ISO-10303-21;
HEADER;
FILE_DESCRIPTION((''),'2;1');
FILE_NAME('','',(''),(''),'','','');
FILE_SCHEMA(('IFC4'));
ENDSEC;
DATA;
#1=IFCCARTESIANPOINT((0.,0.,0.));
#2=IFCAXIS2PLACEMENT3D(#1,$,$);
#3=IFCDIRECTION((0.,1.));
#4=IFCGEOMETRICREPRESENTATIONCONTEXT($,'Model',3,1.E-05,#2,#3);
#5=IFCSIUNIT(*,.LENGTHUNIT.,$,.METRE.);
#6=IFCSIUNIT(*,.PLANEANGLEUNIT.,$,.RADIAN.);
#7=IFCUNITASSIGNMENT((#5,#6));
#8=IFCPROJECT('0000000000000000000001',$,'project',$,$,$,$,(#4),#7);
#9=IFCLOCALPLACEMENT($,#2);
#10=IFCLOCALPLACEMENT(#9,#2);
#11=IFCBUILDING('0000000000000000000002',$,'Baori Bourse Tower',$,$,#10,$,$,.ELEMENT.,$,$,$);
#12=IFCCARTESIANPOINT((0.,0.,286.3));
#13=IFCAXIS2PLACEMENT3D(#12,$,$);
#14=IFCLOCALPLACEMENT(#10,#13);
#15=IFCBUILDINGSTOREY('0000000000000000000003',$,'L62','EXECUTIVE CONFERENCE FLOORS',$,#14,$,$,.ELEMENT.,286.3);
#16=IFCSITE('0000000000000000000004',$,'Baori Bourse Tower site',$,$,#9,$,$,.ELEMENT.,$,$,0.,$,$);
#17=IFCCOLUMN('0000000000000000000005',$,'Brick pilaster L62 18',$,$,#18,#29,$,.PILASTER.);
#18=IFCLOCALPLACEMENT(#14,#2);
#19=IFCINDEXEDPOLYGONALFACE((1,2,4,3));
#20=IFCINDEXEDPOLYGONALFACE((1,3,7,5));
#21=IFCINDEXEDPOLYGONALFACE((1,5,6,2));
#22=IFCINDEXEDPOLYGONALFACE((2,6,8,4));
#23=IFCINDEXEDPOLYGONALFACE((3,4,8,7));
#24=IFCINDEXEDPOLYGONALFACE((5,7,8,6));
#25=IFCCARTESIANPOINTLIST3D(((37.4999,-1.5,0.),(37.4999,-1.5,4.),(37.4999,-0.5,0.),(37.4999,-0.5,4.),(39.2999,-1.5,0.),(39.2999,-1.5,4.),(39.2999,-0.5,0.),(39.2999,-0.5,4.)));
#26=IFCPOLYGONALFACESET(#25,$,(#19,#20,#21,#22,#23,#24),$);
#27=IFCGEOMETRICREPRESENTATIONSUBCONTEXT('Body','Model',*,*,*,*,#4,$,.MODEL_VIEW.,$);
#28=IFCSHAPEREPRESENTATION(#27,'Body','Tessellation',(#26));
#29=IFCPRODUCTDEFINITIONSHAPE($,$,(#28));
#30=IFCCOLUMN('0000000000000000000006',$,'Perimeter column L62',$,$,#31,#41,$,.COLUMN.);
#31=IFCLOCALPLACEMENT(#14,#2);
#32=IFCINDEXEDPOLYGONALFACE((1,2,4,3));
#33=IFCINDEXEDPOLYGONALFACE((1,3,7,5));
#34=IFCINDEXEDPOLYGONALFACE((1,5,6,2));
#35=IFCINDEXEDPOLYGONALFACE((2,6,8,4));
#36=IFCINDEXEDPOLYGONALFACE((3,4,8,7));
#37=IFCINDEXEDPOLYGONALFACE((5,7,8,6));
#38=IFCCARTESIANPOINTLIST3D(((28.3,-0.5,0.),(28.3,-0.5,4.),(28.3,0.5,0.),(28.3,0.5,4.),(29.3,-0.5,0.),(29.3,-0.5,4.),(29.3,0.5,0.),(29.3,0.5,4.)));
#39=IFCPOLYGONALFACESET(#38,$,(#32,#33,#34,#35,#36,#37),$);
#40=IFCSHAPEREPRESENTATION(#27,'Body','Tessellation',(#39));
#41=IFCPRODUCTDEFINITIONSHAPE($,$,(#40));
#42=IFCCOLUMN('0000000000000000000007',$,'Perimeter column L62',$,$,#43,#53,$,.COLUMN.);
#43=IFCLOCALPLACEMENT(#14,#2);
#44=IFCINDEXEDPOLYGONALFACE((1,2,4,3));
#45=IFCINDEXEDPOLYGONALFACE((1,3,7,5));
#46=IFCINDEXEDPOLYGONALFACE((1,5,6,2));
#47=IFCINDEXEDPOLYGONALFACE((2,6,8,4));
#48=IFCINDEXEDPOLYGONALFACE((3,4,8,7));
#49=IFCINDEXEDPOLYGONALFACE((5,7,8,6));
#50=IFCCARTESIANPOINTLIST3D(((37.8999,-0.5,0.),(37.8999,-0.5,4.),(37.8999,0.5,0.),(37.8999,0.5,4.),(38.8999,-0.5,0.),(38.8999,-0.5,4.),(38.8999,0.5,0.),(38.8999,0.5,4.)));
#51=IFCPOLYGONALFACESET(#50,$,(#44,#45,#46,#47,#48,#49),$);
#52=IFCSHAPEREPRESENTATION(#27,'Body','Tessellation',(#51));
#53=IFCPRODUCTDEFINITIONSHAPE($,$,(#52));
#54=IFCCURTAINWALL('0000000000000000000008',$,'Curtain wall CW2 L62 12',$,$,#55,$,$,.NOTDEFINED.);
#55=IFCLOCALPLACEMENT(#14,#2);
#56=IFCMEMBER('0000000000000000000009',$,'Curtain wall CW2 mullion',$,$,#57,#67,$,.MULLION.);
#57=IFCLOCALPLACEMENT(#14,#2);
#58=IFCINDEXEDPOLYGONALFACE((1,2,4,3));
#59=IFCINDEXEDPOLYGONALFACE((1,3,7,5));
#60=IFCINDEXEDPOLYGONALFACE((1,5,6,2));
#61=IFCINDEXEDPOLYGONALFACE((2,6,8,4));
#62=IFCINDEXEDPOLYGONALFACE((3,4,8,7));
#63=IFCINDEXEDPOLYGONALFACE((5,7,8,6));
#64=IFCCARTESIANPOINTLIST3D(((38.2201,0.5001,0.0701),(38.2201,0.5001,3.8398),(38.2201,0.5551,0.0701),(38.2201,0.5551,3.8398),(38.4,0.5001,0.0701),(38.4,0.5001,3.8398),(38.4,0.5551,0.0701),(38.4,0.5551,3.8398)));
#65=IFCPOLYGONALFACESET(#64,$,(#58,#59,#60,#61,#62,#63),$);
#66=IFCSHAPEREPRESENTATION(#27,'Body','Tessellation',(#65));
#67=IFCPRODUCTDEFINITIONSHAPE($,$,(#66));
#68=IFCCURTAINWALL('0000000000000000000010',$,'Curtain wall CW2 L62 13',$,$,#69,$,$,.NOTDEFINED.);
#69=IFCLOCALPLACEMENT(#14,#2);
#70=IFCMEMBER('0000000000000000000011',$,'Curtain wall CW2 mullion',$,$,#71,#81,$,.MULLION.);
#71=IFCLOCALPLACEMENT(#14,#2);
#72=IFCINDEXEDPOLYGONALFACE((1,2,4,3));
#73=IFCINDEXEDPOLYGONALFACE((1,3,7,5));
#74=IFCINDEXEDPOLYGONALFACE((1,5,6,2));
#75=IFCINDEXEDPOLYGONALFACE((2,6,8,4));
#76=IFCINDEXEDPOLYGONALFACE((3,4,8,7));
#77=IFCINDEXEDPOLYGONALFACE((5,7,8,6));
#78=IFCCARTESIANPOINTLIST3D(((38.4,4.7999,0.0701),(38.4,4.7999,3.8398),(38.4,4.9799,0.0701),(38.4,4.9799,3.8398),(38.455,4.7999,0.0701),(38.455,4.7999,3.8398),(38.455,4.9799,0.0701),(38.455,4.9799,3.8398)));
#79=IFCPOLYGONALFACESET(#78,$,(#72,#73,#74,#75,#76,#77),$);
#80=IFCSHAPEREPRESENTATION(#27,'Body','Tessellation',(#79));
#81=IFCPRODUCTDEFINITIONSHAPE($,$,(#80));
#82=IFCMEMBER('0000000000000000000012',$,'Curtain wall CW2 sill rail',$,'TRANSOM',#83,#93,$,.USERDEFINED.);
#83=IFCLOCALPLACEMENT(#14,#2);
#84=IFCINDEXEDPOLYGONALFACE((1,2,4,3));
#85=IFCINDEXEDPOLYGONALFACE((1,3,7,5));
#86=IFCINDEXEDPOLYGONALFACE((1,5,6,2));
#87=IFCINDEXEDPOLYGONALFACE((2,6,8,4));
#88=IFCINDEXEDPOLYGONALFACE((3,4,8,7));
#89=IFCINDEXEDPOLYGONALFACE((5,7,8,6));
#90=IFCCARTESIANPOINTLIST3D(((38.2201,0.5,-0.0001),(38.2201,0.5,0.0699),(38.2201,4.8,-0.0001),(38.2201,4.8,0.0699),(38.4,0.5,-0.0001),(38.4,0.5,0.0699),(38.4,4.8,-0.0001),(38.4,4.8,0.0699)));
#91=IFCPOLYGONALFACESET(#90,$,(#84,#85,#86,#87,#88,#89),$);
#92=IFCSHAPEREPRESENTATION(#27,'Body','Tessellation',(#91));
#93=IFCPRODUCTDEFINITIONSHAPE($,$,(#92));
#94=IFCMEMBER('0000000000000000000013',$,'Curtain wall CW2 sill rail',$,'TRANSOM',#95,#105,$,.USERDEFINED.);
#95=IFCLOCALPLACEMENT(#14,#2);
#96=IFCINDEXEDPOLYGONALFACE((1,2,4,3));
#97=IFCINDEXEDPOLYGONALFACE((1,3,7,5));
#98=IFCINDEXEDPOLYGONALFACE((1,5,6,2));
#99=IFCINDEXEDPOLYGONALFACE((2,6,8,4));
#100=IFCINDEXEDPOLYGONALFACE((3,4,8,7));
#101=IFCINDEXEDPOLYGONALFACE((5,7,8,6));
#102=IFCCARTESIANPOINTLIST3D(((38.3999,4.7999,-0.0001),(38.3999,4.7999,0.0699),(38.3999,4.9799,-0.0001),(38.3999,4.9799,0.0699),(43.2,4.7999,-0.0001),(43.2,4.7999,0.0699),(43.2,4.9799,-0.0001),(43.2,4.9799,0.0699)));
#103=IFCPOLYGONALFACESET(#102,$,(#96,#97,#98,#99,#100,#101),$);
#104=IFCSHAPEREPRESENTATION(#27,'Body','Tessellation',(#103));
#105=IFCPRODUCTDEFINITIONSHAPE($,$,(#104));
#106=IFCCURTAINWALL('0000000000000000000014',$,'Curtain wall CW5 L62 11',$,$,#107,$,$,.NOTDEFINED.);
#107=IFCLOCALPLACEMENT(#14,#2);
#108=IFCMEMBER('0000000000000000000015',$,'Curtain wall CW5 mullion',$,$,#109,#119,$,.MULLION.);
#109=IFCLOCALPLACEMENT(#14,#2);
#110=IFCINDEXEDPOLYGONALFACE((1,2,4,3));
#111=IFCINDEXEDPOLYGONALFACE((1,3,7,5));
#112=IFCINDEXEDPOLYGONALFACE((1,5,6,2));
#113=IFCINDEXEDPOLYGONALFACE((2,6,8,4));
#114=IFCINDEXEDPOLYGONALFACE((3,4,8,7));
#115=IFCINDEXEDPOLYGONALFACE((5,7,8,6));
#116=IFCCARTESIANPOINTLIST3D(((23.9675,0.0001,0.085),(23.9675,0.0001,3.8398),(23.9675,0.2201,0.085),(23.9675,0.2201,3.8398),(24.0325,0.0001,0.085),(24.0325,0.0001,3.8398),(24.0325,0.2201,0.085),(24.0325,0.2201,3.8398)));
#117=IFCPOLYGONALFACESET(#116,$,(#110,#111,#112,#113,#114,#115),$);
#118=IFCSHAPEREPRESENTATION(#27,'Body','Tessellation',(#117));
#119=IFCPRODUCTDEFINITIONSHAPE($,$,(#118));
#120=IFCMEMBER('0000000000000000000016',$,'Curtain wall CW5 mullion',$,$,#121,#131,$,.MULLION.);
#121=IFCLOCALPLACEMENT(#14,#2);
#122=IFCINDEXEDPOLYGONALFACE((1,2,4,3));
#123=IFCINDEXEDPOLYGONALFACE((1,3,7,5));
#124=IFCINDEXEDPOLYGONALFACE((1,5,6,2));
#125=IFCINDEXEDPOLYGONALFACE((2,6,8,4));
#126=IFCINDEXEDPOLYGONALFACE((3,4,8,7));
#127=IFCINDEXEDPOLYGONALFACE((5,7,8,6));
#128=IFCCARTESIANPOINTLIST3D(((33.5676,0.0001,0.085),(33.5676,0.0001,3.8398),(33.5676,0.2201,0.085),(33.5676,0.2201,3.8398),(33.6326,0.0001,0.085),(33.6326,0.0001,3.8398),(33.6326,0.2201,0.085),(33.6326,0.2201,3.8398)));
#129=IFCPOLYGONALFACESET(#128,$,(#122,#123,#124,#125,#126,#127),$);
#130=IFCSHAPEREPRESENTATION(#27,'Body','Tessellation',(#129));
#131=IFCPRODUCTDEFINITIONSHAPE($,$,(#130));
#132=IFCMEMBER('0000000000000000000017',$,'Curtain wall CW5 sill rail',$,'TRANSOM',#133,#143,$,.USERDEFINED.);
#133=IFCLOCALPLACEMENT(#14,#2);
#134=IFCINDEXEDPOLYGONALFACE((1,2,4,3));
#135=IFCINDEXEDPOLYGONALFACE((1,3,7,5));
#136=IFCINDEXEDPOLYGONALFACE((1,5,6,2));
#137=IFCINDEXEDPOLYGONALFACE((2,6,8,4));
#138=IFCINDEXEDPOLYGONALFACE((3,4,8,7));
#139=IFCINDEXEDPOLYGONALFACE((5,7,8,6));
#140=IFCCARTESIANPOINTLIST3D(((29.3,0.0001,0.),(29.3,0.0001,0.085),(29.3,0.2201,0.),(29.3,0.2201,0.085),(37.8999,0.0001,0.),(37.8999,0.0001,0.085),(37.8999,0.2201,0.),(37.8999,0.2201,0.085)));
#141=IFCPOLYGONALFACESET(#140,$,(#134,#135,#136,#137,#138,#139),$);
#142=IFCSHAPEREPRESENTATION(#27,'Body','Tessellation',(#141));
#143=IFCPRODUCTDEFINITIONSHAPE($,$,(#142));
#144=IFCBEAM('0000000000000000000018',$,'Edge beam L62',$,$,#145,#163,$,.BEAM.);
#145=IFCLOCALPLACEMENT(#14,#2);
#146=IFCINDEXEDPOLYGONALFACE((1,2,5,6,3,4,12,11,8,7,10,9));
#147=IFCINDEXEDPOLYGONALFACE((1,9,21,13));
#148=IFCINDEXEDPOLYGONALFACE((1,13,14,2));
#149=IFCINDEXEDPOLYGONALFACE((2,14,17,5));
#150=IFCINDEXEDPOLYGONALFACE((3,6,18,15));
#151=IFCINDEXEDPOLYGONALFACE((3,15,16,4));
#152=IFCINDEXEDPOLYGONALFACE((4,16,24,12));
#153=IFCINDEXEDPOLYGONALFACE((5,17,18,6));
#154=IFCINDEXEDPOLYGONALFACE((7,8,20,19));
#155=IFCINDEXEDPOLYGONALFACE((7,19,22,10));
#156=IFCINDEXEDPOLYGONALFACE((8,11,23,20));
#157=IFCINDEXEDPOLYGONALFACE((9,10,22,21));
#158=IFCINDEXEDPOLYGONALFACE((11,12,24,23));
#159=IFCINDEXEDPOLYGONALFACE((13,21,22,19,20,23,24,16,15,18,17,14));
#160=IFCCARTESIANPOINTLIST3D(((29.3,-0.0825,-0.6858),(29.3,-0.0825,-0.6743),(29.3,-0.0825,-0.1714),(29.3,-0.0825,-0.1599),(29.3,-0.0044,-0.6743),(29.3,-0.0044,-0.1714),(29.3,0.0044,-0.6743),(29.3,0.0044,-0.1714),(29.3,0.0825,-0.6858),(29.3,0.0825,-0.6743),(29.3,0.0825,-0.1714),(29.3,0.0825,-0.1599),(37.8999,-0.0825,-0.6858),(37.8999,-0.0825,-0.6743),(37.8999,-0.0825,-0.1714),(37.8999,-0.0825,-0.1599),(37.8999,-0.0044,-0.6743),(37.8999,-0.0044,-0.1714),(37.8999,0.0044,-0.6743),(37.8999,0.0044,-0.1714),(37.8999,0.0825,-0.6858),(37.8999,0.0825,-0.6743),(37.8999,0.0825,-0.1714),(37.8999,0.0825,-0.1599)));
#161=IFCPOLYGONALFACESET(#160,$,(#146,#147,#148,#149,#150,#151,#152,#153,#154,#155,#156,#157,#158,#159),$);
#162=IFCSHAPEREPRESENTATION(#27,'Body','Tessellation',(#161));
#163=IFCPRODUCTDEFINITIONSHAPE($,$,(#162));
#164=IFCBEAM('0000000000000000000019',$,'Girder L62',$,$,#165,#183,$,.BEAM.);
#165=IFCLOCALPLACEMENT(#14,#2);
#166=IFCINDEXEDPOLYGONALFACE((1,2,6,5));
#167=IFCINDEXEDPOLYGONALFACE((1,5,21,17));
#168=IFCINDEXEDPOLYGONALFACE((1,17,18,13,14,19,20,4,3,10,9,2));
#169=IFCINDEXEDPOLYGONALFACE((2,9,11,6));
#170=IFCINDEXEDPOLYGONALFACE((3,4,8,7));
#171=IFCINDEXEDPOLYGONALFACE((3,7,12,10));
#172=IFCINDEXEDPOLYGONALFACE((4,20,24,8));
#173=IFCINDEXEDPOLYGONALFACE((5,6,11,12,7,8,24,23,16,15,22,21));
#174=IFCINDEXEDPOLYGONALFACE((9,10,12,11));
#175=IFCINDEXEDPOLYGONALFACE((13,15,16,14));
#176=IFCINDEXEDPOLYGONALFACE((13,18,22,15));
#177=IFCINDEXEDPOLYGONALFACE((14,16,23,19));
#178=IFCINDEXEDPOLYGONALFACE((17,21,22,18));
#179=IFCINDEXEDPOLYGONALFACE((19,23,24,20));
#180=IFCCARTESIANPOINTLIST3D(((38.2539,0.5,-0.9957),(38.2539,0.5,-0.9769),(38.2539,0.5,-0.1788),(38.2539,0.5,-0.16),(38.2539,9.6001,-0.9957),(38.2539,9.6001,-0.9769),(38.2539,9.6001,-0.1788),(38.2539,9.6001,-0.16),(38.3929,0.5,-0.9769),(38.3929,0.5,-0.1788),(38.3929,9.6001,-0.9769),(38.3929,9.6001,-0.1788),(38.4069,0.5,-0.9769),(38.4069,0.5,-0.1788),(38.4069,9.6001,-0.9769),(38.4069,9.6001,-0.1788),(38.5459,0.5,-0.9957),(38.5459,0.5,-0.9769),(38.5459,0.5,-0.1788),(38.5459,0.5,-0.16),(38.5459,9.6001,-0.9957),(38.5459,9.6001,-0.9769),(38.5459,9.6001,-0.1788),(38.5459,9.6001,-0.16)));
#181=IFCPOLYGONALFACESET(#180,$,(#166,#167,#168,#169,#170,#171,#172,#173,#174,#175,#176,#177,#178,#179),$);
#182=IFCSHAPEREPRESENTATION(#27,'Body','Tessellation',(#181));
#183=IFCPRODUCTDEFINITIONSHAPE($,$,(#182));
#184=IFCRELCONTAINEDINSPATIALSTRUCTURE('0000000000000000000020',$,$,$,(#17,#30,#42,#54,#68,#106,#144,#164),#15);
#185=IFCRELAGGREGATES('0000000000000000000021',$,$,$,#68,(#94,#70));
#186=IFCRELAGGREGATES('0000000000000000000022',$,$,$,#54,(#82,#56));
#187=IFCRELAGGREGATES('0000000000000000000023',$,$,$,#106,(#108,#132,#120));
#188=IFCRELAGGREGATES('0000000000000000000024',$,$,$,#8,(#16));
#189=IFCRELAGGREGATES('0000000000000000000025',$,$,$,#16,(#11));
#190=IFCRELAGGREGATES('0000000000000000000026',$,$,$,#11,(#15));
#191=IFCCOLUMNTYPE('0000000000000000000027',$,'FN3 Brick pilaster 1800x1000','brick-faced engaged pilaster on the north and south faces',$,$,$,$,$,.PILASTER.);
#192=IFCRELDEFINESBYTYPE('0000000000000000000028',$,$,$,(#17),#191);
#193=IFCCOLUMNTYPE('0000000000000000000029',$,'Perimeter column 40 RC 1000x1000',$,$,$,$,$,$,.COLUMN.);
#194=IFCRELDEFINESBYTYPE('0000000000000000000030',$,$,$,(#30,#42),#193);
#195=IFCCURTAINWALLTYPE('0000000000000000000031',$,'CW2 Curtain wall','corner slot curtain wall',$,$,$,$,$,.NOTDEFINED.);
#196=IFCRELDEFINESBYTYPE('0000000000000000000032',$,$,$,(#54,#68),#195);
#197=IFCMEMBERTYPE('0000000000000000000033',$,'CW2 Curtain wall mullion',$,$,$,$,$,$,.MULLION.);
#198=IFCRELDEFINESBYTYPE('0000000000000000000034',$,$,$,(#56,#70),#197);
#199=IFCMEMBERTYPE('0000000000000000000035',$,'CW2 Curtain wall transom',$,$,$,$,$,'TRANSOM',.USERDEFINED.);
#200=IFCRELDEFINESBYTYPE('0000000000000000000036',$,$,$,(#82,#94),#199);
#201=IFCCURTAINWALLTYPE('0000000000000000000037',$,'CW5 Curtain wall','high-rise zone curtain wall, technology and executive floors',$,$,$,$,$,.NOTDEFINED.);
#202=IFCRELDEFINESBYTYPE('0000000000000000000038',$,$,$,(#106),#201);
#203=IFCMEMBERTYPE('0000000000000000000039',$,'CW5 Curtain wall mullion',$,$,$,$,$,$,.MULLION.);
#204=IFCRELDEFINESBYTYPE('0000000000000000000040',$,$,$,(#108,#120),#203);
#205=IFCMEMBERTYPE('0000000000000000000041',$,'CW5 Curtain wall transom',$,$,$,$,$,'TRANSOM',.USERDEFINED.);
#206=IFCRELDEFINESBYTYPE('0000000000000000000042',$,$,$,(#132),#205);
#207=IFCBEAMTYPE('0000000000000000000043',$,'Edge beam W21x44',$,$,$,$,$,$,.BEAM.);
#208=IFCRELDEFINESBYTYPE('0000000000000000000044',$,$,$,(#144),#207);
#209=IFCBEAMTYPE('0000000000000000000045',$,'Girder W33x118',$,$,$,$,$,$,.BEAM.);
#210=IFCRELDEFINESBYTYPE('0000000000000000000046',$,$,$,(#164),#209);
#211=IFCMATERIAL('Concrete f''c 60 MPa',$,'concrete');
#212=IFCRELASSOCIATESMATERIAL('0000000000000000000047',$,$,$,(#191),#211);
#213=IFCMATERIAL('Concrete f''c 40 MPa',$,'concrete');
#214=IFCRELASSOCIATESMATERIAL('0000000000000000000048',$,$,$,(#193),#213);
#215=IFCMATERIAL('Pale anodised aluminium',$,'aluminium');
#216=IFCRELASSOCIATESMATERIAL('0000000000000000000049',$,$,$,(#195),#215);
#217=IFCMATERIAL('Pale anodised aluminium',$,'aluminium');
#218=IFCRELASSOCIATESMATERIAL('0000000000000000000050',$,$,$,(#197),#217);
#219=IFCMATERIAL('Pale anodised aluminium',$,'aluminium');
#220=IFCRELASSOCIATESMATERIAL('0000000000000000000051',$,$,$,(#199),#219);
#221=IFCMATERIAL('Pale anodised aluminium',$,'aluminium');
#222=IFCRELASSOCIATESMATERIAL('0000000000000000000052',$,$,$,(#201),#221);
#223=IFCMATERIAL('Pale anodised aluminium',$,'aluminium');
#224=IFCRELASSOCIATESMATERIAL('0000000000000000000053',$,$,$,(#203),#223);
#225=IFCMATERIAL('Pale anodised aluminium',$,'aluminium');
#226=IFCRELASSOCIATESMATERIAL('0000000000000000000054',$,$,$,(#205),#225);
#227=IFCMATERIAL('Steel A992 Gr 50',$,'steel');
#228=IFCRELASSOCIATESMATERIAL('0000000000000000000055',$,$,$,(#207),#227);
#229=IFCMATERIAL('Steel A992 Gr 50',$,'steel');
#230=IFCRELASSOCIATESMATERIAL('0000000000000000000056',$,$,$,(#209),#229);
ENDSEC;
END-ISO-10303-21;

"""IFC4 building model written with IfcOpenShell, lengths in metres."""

from ifc_helpers import new_model, si_unit, direction, frame, origin, origin_2d, place, context, subcontext, project, spatial, rectangle, i_section, extrude, material, material_profile, profile_set, type_object, element, aggregate, save


model = new_model("IFC4")

# Units and contexts
model_context = context("Model", 3, precision=1e-05, world=origin(), true_north=direction((0.0, 1.0)))
body_context = subcontext(model_context, "Body", "Model", "MODEL_VIEW")
ifc_project = project(units=[si_unit("LENGTHUNIT", "METRE"), si_unit("PLANEANGLEUNIT", "RADIAN")], contexts=[model_context])

# Site, building, storey
site_placement = place(None, origin())
site = spatial("IfcSite", under=ifc_project, at=site_placement, Name="Baori Bourse Tower site", CompositionType="ELEMENT", RefElevation=0.0)
building_placement = place(site_placement, origin())
building = spatial("IfcBuilding", under=site, at=building_placement, Name="Baori Bourse Tower", CompositionType="ELEMENT")
storey_placement = place(building_placement, frame((0.0, 0.0, 286.3)))
storey = spatial("IfcBuildingStorey", under=building, at=storey_placement, Name="L62", Description="EXECUTIVE CONFERENCE FLOORS", CompositionType="ELEMENT", Elevation=286.3)

# Columns
ifc_material_1 = material(Name="Concrete f'c 60 MPa", Category="concrete")
ifc_material_profile_1 = material_profile(ifc_material_1, rectangle(XDim=1.8, YDim=1.0, at=origin_2d()), Name="RC 1800x1000")
ifc_profile_set_1 = profile_set([ifc_material_profile_1], Name="Concrete f'c 60 MPa")
column_type_1 = type_object("IfcColumnType", Name="FN3 Brick pilaster 1800x1000", Description="brick-faced engaged pilaster on the north and south faces", PredefinedType="PILASTER", material=ifc_profile_set_1)
column_placement = place(storey_placement, frame((38.3999, -1.0, 0.0), z_axis=(0.0, 0.0, 1.0), x_axis=(1.0, 0.0, 0.0)))
element("IfcColumn", 1, at=column_placement, inside=storey, type_object=column_type_1, Name="Brick pilaster L62 18", PredefinedType="PILASTER", context=body_context, shape_type="SweptSolid", body=[
    extrude(rectangle(XDim=1.8, YDim=1.0, at=origin_2d()), origin(), (0.0, 0.0, 1.0), 4.0),
])
ifc_material_2 = material(Name="Concrete f'c 40 MPa", Category="concrete")
ifc_material_profile_2 = material_profile(ifc_material_2, rectangle(XDim=1.0, YDim=1.0, at=origin_2d()), Name="RC 1000x1000")
ifc_profile_set_2 = profile_set([ifc_material_profile_2], Name="Concrete f'c 40 MPa")
column_type_2 = type_object("IfcColumnType", Name="Perimeter column 40 RC 1000x1000", PredefinedType="COLUMN", material=ifc_profile_set_2)
for number, where, z_axis, x_axis, name in (
    (2, (28.8, 0.0, 0.0), (0.0, 0.0, 1.0), (1.0, 0.0, 0.0), "Perimeter column L62"),
    (3, (38.3999, 0.0, 0.0), (0.0, 0.0, 1.0), (1.0, 0.0, 0.0), "Perimeter column L62"),
):
    element("IfcColumn", number, at=place(storey_placement, frame(where, z_axis=z_axis, x_axis=x_axis)), inside=storey, type_object=column_type_2, Name=name, PredefinedType="COLUMN", context=body_context, shape_type="SweptSolid", body=[
        extrude(rectangle(XDim=1.0, YDim=1.0, at=origin_2d()), origin(), (0.0, 0.0, 1.0), 4.0),
    ])

# Curtain walls, members
ifc_material_3 = material(Name="Pale anodised aluminium", Category="aluminium")
curtain_wall_type_1 = type_object("IfcCurtainWallType", Name="CW2 Curtain wall", Description="corner slot curtain wall", PredefinedType="NOTDEFINED", material=ifc_material_3)
curtain_wall_1_placement = place(storey_placement, origin())
curtain_wall_1 = element("IfcCurtainWall", 4, at=curtain_wall_1_placement, inside=storey, type_object=curtain_wall_type_1, Name="Curtain wall CW2 L62 12", PredefinedType="NOTDEFINED")
ifc_material_4 = material(Name="Pale anodised aluminium", Category="aluminium")
ifc_material_profile_3 = material_profile(ifc_material_4, rectangle(XDim=0.1799, YDim=0.0549, at=origin_2d()), Name="Mullion 55x180")
ifc_profile_set_3 = profile_set([ifc_material_profile_3], Name="Pale anodised aluminium")
member_type_1 = type_object("IfcMemberType", Name="CW2 Curtain wall mullion", PredefinedType="MULLION", material=ifc_profile_set_3)
member_1_placement = place(storey_placement, frame((38.3101, 0.5276, 0.0701), z_axis=(0.0, 0.0, 1.0), x_axis=(-1.0, 0.0, 0.0)))
member_1 = element("IfcMember", 5, at=member_1_placement, type_object=member_type_1, Name="Curtain wall CW2 mullion", PredefinedType="MULLION", context=body_context, shape_type="SweptSolid", body=[
    extrude(rectangle(XDim=0.1799, YDim=0.0549, at=origin_2d()), origin(), (0.0, 0.0, 1.0), 3.7698),
])
curtain_wall_2_placement = place(storey_placement, origin())
curtain_wall_2 = element("IfcCurtainWall", 6, at=curtain_wall_2_placement, inside=storey, type_object=curtain_wall_type_1, Name="Curtain wall CW2 L62 13", PredefinedType="NOTDEFINED")
member_2_placement = place(storey_placement, frame((38.4275, 4.8899, 0.0701), z_axis=(0.0, 0.0, 1.0), x_axis=(0.0, 1.0, 0.0)))
member_2 = element("IfcMember", 7, at=member_2_placement, type_object=member_type_1, Name="Curtain wall CW2 mullion", PredefinedType="MULLION", context=body_context, shape_type="SweptSolid", body=[
    extrude(rectangle(XDim=0.1799, YDim=0.0549, at=origin_2d()), origin(), (0.0, 0.0, 1.0), 3.7698),
])

# Members
ifc_material_5 = material(Name="Pale anodised aluminium", Category="aluminium")
ifc_material_profile_4 = material_profile(ifc_material_5, rectangle(XDim=0.1799, YDim=0.0701, at=origin_2d()), Name="Transom 70x180")
ifc_profile_set_4 = profile_set([ifc_material_profile_4], Name="Pale anodised aluminium")
member_type_2 = type_object("IfcMemberType", Name="CW2 Curtain wall transom", ElementType="TRANSOM", PredefinedType="USERDEFINED", material=ifc_profile_set_4)
member_3_placement = place(storey_placement, frame((38.3101, 0.5, 0.0349), z_axis=(0.0, 1.0, 0.0), x_axis=(-1.0, 0.0, 0.0)))
member_3 = element("IfcMember", 8, at=member_3_placement, type_object=member_type_2, Name="Curtain wall CW2 sill rail", ObjectType="TRANSOM", PredefinedType="USERDEFINED", context=body_context, shape_type="SweptSolid", body=[
    extrude(rectangle(XDim=0.1799, YDim=0.0701, at=origin_2d()), origin(), (0.0, 0.0, 1.0), 4.3),
])
member_4_placement = place(storey_placement, frame((38.3999, 4.8899, 0.0349), z_axis=(1.0, 0.0, 0.0), x_axis=(0.0, 1.0, 0.0)))
member_4 = element("IfcMember", 9, at=member_4_placement, type_object=member_type_2, Name="Curtain wall CW2 sill rail", ObjectType="TRANSOM", PredefinedType="USERDEFINED", context=body_context, shape_type="SweptSolid", body=[
    extrude(rectangle(XDim=0.1799, YDim=0.0701, at=origin_2d()), origin(), (0.0, 0.0, 1.0), 4.8),
])
aggregate(curtain_wall_2, [member_4, member_2])

# Curtain wall, members
ifc_material_6 = material(Name="Pale anodised aluminium", Category="aluminium")
curtain_wall_type_2 = type_object("IfcCurtainWallType", Name="CW5 Curtain wall", Description="high-rise zone curtain wall, technology and executive floors", PredefinedType="NOTDEFINED", material=ifc_material_6)
curtain_wall_3_placement = place(storey_placement, origin())
curtain_wall_3 = element("IfcCurtainWall", 10, at=curtain_wall_3_placement, inside=storey, type_object=curtain_wall_type_2, Name="Curtain wall CW5 L62 11", PredefinedType="NOTDEFINED")
ifc_material_7 = material(Name="Pale anodised aluminium", Category="aluminium")
ifc_material_profile_5 = material_profile(ifc_material_7, rectangle(XDim=0.22, YDim=0.0649, at=origin_2d()), Name="Mullion 65x220")
ifc_profile_set_5 = profile_set([ifc_material_profile_5], Name="Pale anodised aluminium")
member_type_3 = type_object("IfcMemberType", Name="CW5 Curtain wall mullion", PredefinedType="MULLION", material=ifc_profile_set_5)
member_5_placement = place(storey_placement, frame((24.0, 0.1101, 0.085), z_axis=(0.0, 0.0, 1.0), x_axis=(0.0, 1.0, 0.0)))
member_5 = element("IfcMember", 11, at=member_5_placement, type_object=member_type_3, Name="Curtain wall CW5 mullion", PredefinedType="MULLION", context=body_context, shape_type="SweptSolid", body=[
    extrude(rectangle(XDim=0.22, YDim=0.0649, at=origin_2d()), origin(), (0.0, 0.0, 1.0), 3.7549),
])
member_6_placement = place(storey_placement, frame((33.6001, 0.1101, 0.085), z_axis=(0.0, 0.0, 1.0), x_axis=(0.0, 1.0, 0.0)))
member_6 = element("IfcMember", 12, at=member_6_placement, type_object=member_type_3, Name="Curtain wall CW5 mullion", PredefinedType="MULLION", context=body_context, shape_type="SweptSolid", body=[
    extrude(rectangle(XDim=0.22, YDim=0.0649, at=origin_2d()), origin(), (0.0, 0.0, 1.0), 3.7549),
])
ifc_material_8 = material(Name="Pale anodised aluminium", Category="aluminium")
ifc_material_profile_6 = material_profile(ifc_material_8, rectangle(XDim=0.22, YDim=0.085, at=origin_2d()), Name="Transom 85x220")
ifc_profile_set_6 = profile_set([ifc_material_profile_6], Name="Pale anodised aluminium")
member_type_4 = type_object("IfcMemberType", Name="CW5 Curtain wall transom", ElementType="TRANSOM", PredefinedType="USERDEFINED", material=ifc_profile_set_6)
member_7_placement = place(storey_placement, frame((29.3, 0.1101, 0.0425), z_axis=(1.0, 0.0, 0.0), x_axis=(0.0, 1.0, 0.0)))
member_7 = element("IfcMember", 13, at=member_7_placement, type_object=member_type_4, Name="Curtain wall CW5 sill rail", ObjectType="TRANSOM", PredefinedType="USERDEFINED", context=body_context, shape_type="SweptSolid", body=[
    extrude(rectangle(XDim=0.22, YDim=0.085, at=origin_2d()), origin(), (0.0, 0.0, 1.0), 8.5999),
])

# Beams
ifc_material_9 = material(Name="Steel A992 Gr 50", Category="steel")
ifc_material_profile_7 = material_profile(ifc_material_9, i_section(OverallWidth=0.165, OverallDepth=0.5259, WebThickness=0.0088, FlangeThickness=0.0115, at=origin_2d()), Name="W21x44")
ifc_profile_set_7 = profile_set([ifc_material_profile_7], Name="Steel A992 Gr 50")
beam_type_1 = type_object("IfcBeamType", Name="Edge beam W21x44", PredefinedType="BEAM", material=ifc_profile_set_7)
beam_1_placement = place(storey_placement, frame((29.3, 0.0, -0.4229), z_axis=(1.0, 0.0, 0.0), x_axis=(0.0, 1.0, 0.0)))
element("IfcBeam", 14, at=beam_1_placement, inside=storey, type_object=beam_type_1, Name="Edge beam L62", PredefinedType="BEAM", context=body_context, shape_type="SweptSolid", body=[
    extrude(i_section(OverallWidth=0.165, OverallDepth=0.5259, WebThickness=0.0088, FlangeThickness=0.0115, at=origin_2d()), origin(), (0.0, 0.0, 1.0), 8.5999),
])
ifc_material_10 = material(Name="Steel A992 Gr 50", Category="steel")
ifc_material_profile_8 = material_profile(ifc_material_10, i_section(OverallWidth=0.292, OverallDepth=0.8357, WebThickness=0.0139, FlangeThickness=0.0188, at=origin_2d()), Name="W33x118")
ifc_profile_set_8 = profile_set([ifc_material_profile_8], Name="Steel A992 Gr 50")
beam_type_2 = type_object("IfcBeamType", Name="Girder W33x118", PredefinedType="BEAM", material=ifc_profile_set_8)
beam_2_placement = place(storey_placement, frame((38.3999, 0.5, -0.5779), z_axis=(0.0, 1.0, 0.0), x_axis=(-1.0, 0.0, 0.0)))
element("IfcBeam", 15, at=beam_2_placement, inside=storey, type_object=beam_type_2, Name="Girder L62", PredefinedType="BEAM", context=body_context, shape_type="SweptSolid", body=[
    extrude(i_section(OverallWidth=0.292, OverallDepth=0.8357, WebThickness=0.0139, FlangeThickness=0.0188, at=origin_2d()), origin(), (0.0, 0.0, 1.0), 9.1001),
])

aggregate(curtain_wall_1, [member_3, member_1])
aggregate(curtain_wall_3, [member_5, member_7, member_6])

save(model, "model.ifc")
